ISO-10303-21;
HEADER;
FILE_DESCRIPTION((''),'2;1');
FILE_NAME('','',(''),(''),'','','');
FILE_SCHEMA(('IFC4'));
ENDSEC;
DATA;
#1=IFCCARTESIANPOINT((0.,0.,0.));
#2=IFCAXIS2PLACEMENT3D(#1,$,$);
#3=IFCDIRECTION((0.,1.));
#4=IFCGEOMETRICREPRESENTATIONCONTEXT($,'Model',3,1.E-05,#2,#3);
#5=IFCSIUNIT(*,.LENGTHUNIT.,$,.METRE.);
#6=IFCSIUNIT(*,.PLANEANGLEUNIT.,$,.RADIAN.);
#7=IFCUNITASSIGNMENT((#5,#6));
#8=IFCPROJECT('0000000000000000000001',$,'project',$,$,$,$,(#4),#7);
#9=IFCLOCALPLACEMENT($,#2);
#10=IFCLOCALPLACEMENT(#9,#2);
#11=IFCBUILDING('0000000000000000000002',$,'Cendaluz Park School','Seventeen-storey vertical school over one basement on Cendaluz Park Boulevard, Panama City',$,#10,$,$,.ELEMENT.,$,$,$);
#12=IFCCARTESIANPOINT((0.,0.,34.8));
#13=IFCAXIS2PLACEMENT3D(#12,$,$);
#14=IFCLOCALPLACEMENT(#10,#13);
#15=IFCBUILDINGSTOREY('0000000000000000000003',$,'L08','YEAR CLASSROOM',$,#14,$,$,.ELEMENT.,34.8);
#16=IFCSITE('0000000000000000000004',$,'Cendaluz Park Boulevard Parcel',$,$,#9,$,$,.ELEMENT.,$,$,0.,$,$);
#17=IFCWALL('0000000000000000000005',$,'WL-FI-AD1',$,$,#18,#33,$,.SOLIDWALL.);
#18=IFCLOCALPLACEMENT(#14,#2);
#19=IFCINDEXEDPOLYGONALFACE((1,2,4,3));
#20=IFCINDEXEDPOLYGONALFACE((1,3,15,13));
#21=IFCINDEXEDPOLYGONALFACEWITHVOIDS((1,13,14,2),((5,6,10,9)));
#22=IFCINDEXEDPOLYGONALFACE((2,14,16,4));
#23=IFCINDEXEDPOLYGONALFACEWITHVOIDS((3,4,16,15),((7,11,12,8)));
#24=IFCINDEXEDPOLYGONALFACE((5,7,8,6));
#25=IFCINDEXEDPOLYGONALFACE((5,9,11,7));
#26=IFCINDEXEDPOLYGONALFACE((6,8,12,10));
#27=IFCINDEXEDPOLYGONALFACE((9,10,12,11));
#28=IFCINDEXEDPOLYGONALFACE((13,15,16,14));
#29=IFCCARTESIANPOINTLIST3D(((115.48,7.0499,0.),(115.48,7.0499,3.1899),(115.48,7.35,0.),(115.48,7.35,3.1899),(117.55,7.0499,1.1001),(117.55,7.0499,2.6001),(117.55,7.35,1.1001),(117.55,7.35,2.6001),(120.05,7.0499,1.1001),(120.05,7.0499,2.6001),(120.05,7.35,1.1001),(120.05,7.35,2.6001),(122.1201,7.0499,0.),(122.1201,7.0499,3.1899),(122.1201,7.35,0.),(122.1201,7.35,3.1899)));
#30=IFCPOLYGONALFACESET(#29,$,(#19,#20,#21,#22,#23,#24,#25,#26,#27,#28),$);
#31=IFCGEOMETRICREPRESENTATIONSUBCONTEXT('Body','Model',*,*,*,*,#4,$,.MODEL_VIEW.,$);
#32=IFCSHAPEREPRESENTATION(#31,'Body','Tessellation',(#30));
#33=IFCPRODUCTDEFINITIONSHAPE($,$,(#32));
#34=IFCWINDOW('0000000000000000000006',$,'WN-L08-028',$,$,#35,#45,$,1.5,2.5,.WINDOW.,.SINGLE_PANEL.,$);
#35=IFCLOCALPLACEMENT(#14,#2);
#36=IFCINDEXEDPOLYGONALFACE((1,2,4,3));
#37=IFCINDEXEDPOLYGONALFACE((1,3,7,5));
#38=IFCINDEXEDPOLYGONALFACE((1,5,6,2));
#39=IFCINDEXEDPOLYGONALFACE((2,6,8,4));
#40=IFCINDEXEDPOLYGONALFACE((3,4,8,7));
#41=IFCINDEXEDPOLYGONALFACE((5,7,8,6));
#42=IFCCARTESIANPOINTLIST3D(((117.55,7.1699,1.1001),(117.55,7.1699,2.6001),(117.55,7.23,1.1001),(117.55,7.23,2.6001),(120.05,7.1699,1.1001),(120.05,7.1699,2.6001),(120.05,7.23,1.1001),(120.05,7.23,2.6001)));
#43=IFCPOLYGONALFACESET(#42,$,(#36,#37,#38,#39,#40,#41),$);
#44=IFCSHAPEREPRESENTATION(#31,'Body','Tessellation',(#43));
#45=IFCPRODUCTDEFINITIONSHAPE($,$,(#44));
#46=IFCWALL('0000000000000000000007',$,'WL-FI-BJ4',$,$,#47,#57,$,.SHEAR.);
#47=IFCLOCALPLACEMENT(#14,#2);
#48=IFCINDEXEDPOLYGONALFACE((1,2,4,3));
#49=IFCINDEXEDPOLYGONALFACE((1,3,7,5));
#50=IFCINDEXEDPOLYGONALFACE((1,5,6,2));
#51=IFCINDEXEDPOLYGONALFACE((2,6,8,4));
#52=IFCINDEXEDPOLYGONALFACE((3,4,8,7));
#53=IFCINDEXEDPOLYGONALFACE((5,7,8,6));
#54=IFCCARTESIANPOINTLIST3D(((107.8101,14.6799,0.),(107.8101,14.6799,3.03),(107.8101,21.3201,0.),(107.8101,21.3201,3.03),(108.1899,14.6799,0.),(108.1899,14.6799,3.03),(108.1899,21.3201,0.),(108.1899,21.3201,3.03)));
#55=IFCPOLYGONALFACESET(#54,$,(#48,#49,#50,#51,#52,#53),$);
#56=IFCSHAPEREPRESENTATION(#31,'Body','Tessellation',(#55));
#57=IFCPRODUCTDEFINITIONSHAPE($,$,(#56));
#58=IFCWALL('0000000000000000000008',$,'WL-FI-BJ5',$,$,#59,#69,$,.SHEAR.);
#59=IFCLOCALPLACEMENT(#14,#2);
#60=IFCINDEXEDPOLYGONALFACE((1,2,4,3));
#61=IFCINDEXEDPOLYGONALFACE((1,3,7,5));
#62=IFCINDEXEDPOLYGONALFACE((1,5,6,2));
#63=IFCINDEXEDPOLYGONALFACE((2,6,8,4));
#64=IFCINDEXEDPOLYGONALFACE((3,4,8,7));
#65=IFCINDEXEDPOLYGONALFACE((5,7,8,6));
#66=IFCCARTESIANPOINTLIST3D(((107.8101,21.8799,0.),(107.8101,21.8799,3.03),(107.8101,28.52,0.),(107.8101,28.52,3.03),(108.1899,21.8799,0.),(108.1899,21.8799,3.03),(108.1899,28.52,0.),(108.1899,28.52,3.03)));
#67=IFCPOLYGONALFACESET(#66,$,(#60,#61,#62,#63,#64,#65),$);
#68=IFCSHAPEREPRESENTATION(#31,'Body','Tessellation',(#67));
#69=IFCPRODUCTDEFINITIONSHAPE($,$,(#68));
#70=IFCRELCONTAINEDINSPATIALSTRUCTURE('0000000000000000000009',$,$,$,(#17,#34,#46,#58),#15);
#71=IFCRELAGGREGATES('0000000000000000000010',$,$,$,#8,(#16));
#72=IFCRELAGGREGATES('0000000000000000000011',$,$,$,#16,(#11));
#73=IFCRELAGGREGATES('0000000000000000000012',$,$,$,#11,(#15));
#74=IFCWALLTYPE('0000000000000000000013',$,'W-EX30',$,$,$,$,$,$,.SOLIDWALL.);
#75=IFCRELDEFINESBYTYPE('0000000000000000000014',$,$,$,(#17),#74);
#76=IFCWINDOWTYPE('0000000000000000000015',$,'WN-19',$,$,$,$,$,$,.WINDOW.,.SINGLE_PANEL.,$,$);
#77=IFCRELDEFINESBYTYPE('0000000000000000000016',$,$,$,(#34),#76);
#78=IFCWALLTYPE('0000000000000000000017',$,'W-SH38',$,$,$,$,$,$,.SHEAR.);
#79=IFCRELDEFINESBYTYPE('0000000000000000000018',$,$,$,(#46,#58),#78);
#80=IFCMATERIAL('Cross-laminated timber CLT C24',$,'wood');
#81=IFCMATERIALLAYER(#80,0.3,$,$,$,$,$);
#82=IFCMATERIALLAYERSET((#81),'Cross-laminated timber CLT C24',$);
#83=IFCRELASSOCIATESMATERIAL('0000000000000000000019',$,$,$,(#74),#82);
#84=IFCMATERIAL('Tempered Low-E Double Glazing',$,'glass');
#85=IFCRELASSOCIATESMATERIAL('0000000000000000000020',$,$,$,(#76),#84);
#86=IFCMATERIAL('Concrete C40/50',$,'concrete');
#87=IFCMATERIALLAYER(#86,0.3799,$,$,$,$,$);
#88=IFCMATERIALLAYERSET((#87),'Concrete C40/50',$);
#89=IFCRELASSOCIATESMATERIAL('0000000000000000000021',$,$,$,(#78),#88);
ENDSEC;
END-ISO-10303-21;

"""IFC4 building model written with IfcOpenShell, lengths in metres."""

from ifc_helpers import new_model, si_unit, direction, frame, frame_2d, origin, place, context, subcontext, project, spatial, rectangle, extrude, material, layer, layer_set, type_object, element, fill, save


model = new_model("IFC4")

# Units and contexts
model_context = context("Model", 3, precision=1e-05, world=origin(), true_north=direction((0.0, 1.0)))
body_context = subcontext(model_context, "Body", "Model", "MODEL_VIEW")
ifc_project = project(units=[si_unit("LENGTHUNIT", "METRE"), si_unit("PLANEANGLEUNIT", "RADIAN")], contexts=[model_context])

# Site, building, storey
site_placement = place(None, origin())
site = spatial("IfcSite", under=ifc_project, at=site_placement, Name="Cendaluz Park Boulevard Parcel", CompositionType="ELEMENT", RefElevation=0.0)
building_placement = place(site_placement, origin())
building = spatial("IfcBuilding", under=site, at=building_placement, Name="Cendaluz Park School", Description="Seventeen-storey vertical school over one basement on Cendaluz Park Boulevard, Panama City", CompositionType="ELEMENT")
storey_placement = place(building_placement, frame((0.0, 0.0, 34.8)))
storey = spatial("IfcBuildingStorey", under=building, at=storey_placement, Name="L08", Description="YEAR CLASSROOM", CompositionType="ELEMENT", Elevation=34.8)

# Wall, opening, window
ifc_material_1 = material(Name="Cross-laminated timber CLT C24", Category="wood")
ifc_layer_1 = layer(ifc_material_1, 0.3)
ifc_layer_set_1 = layer_set([ifc_layer_1], Name="Cross-laminated timber CLT C24")
wall_type_1 = type_object("IfcWallType", Name="W-EX30", PredefinedType="SOLIDWALL", material=ifc_layer_set_1)
ifc_material_2 = material(Name="Tempered Low-E Double Glazing", Category="glass")
wall_1_placement = place(storey_placement, frame((115.48, 7.2, 0.0), z_axis=(0.0, 0.0, 1.0), x_axis=(1.0, 0.0, 0.0)))
wall_1 = element("IfcWall", 1, at=wall_1_placement, inside=storey, type_object=wall_type_1, Name="WL-FI-AD1", PredefinedType="SOLIDWALL", context=body_context, shape_type="SweptSolid", body=[
    extrude(rectangle(XDim=6.6401, YDim=0.3, at=frame_2d((3.3201, 0.0))), origin(), (0.0, 0.0, 1.0), 3.1899),
])
opening_1_placement = place(wall_1_placement, frame((2.0701, 0.0, 1.1001)))
opening_1 = element("IfcOpeningElement", 2, at=opening_1_placement, cuts=wall_1, PredefinedType="OPENING", context=body_context, shape_type="SweptSolid", body=[
    extrude(rectangle(XDim=2.5, YDim=1.5, at=frame_2d((1.25, 0.75))), frame((0.0, 0.1621, 0.0), z_axis=(0.0, -1.0, 0.0), x_axis=(1.0, 0.0, 0.0)), (0.0, 0.0, 1.0), 0.324),
])
window_type_1 = type_object("IfcWindowType", Name="WN-19", PartitioningType="SINGLE_PANEL", PredefinedType="WINDOW", material=ifc_material_2)
window_1_placement = place(opening_1_placement, origin())
window_1 = element("IfcWindow", 3, at=window_1_placement, inside=storey, type_object=window_type_1, Name="WN-L08-028", OverallHeight=1.5, OverallWidth=2.5, PartitioningType="SINGLE_PANEL", PredefinedType="WINDOW", context=body_context, shape_type="SweptSolid", body=[
    extrude(rectangle(XDim=2.5, YDim=1.5, at=frame_2d((1.25, 0.75))), frame((0.0, 0.03, 0.0), z_axis=(0.0, -1.0, 0.0), x_axis=(1.0, 0.0, 0.0)), (0.0, 0.0, 1.0), 0.0601),
])
fill(opening_1, window_1)

# Walls
ifc_material_3 = material(Name="Concrete C40/50", Category="concrete")
ifc_layer_2 = layer(ifc_material_3, 0.3799)
ifc_layer_set_2 = layer_set([ifc_layer_2], Name="Concrete C40/50")
wall_type_2 = type_object("IfcWallType", Name="W-SH38", PredefinedType="SHEAR", material=ifc_layer_set_2)
for number, where, z_axis, x_axis, name in (
    (4, (108.0, 14.6799, 0.0), (0.0, 0.0, 1.0), (0.0, 1.0, 0.0), "WL-FI-BJ4"),
    (5, (108.0, 21.8799, 0.0), (0.0, 0.0, 1.0), (0.0, 1.0, 0.0), "WL-FI-BJ5"),
):
    element("IfcWall", number, at=place(storey_placement, frame(where, z_axis=z_axis, x_axis=x_axis)), inside=storey, type_object=wall_type_2, Name=name, PredefinedType="SHEAR", context=body_context, shape_type="SweptSolid", body=[
        extrude(rectangle(XDim=6.6401, YDim=0.3799, at=frame_2d((3.3201, 0.0))), origin(), (0.0, 0.0, 1.0), 3.03),
    ])

save(model, "model.ifc")
